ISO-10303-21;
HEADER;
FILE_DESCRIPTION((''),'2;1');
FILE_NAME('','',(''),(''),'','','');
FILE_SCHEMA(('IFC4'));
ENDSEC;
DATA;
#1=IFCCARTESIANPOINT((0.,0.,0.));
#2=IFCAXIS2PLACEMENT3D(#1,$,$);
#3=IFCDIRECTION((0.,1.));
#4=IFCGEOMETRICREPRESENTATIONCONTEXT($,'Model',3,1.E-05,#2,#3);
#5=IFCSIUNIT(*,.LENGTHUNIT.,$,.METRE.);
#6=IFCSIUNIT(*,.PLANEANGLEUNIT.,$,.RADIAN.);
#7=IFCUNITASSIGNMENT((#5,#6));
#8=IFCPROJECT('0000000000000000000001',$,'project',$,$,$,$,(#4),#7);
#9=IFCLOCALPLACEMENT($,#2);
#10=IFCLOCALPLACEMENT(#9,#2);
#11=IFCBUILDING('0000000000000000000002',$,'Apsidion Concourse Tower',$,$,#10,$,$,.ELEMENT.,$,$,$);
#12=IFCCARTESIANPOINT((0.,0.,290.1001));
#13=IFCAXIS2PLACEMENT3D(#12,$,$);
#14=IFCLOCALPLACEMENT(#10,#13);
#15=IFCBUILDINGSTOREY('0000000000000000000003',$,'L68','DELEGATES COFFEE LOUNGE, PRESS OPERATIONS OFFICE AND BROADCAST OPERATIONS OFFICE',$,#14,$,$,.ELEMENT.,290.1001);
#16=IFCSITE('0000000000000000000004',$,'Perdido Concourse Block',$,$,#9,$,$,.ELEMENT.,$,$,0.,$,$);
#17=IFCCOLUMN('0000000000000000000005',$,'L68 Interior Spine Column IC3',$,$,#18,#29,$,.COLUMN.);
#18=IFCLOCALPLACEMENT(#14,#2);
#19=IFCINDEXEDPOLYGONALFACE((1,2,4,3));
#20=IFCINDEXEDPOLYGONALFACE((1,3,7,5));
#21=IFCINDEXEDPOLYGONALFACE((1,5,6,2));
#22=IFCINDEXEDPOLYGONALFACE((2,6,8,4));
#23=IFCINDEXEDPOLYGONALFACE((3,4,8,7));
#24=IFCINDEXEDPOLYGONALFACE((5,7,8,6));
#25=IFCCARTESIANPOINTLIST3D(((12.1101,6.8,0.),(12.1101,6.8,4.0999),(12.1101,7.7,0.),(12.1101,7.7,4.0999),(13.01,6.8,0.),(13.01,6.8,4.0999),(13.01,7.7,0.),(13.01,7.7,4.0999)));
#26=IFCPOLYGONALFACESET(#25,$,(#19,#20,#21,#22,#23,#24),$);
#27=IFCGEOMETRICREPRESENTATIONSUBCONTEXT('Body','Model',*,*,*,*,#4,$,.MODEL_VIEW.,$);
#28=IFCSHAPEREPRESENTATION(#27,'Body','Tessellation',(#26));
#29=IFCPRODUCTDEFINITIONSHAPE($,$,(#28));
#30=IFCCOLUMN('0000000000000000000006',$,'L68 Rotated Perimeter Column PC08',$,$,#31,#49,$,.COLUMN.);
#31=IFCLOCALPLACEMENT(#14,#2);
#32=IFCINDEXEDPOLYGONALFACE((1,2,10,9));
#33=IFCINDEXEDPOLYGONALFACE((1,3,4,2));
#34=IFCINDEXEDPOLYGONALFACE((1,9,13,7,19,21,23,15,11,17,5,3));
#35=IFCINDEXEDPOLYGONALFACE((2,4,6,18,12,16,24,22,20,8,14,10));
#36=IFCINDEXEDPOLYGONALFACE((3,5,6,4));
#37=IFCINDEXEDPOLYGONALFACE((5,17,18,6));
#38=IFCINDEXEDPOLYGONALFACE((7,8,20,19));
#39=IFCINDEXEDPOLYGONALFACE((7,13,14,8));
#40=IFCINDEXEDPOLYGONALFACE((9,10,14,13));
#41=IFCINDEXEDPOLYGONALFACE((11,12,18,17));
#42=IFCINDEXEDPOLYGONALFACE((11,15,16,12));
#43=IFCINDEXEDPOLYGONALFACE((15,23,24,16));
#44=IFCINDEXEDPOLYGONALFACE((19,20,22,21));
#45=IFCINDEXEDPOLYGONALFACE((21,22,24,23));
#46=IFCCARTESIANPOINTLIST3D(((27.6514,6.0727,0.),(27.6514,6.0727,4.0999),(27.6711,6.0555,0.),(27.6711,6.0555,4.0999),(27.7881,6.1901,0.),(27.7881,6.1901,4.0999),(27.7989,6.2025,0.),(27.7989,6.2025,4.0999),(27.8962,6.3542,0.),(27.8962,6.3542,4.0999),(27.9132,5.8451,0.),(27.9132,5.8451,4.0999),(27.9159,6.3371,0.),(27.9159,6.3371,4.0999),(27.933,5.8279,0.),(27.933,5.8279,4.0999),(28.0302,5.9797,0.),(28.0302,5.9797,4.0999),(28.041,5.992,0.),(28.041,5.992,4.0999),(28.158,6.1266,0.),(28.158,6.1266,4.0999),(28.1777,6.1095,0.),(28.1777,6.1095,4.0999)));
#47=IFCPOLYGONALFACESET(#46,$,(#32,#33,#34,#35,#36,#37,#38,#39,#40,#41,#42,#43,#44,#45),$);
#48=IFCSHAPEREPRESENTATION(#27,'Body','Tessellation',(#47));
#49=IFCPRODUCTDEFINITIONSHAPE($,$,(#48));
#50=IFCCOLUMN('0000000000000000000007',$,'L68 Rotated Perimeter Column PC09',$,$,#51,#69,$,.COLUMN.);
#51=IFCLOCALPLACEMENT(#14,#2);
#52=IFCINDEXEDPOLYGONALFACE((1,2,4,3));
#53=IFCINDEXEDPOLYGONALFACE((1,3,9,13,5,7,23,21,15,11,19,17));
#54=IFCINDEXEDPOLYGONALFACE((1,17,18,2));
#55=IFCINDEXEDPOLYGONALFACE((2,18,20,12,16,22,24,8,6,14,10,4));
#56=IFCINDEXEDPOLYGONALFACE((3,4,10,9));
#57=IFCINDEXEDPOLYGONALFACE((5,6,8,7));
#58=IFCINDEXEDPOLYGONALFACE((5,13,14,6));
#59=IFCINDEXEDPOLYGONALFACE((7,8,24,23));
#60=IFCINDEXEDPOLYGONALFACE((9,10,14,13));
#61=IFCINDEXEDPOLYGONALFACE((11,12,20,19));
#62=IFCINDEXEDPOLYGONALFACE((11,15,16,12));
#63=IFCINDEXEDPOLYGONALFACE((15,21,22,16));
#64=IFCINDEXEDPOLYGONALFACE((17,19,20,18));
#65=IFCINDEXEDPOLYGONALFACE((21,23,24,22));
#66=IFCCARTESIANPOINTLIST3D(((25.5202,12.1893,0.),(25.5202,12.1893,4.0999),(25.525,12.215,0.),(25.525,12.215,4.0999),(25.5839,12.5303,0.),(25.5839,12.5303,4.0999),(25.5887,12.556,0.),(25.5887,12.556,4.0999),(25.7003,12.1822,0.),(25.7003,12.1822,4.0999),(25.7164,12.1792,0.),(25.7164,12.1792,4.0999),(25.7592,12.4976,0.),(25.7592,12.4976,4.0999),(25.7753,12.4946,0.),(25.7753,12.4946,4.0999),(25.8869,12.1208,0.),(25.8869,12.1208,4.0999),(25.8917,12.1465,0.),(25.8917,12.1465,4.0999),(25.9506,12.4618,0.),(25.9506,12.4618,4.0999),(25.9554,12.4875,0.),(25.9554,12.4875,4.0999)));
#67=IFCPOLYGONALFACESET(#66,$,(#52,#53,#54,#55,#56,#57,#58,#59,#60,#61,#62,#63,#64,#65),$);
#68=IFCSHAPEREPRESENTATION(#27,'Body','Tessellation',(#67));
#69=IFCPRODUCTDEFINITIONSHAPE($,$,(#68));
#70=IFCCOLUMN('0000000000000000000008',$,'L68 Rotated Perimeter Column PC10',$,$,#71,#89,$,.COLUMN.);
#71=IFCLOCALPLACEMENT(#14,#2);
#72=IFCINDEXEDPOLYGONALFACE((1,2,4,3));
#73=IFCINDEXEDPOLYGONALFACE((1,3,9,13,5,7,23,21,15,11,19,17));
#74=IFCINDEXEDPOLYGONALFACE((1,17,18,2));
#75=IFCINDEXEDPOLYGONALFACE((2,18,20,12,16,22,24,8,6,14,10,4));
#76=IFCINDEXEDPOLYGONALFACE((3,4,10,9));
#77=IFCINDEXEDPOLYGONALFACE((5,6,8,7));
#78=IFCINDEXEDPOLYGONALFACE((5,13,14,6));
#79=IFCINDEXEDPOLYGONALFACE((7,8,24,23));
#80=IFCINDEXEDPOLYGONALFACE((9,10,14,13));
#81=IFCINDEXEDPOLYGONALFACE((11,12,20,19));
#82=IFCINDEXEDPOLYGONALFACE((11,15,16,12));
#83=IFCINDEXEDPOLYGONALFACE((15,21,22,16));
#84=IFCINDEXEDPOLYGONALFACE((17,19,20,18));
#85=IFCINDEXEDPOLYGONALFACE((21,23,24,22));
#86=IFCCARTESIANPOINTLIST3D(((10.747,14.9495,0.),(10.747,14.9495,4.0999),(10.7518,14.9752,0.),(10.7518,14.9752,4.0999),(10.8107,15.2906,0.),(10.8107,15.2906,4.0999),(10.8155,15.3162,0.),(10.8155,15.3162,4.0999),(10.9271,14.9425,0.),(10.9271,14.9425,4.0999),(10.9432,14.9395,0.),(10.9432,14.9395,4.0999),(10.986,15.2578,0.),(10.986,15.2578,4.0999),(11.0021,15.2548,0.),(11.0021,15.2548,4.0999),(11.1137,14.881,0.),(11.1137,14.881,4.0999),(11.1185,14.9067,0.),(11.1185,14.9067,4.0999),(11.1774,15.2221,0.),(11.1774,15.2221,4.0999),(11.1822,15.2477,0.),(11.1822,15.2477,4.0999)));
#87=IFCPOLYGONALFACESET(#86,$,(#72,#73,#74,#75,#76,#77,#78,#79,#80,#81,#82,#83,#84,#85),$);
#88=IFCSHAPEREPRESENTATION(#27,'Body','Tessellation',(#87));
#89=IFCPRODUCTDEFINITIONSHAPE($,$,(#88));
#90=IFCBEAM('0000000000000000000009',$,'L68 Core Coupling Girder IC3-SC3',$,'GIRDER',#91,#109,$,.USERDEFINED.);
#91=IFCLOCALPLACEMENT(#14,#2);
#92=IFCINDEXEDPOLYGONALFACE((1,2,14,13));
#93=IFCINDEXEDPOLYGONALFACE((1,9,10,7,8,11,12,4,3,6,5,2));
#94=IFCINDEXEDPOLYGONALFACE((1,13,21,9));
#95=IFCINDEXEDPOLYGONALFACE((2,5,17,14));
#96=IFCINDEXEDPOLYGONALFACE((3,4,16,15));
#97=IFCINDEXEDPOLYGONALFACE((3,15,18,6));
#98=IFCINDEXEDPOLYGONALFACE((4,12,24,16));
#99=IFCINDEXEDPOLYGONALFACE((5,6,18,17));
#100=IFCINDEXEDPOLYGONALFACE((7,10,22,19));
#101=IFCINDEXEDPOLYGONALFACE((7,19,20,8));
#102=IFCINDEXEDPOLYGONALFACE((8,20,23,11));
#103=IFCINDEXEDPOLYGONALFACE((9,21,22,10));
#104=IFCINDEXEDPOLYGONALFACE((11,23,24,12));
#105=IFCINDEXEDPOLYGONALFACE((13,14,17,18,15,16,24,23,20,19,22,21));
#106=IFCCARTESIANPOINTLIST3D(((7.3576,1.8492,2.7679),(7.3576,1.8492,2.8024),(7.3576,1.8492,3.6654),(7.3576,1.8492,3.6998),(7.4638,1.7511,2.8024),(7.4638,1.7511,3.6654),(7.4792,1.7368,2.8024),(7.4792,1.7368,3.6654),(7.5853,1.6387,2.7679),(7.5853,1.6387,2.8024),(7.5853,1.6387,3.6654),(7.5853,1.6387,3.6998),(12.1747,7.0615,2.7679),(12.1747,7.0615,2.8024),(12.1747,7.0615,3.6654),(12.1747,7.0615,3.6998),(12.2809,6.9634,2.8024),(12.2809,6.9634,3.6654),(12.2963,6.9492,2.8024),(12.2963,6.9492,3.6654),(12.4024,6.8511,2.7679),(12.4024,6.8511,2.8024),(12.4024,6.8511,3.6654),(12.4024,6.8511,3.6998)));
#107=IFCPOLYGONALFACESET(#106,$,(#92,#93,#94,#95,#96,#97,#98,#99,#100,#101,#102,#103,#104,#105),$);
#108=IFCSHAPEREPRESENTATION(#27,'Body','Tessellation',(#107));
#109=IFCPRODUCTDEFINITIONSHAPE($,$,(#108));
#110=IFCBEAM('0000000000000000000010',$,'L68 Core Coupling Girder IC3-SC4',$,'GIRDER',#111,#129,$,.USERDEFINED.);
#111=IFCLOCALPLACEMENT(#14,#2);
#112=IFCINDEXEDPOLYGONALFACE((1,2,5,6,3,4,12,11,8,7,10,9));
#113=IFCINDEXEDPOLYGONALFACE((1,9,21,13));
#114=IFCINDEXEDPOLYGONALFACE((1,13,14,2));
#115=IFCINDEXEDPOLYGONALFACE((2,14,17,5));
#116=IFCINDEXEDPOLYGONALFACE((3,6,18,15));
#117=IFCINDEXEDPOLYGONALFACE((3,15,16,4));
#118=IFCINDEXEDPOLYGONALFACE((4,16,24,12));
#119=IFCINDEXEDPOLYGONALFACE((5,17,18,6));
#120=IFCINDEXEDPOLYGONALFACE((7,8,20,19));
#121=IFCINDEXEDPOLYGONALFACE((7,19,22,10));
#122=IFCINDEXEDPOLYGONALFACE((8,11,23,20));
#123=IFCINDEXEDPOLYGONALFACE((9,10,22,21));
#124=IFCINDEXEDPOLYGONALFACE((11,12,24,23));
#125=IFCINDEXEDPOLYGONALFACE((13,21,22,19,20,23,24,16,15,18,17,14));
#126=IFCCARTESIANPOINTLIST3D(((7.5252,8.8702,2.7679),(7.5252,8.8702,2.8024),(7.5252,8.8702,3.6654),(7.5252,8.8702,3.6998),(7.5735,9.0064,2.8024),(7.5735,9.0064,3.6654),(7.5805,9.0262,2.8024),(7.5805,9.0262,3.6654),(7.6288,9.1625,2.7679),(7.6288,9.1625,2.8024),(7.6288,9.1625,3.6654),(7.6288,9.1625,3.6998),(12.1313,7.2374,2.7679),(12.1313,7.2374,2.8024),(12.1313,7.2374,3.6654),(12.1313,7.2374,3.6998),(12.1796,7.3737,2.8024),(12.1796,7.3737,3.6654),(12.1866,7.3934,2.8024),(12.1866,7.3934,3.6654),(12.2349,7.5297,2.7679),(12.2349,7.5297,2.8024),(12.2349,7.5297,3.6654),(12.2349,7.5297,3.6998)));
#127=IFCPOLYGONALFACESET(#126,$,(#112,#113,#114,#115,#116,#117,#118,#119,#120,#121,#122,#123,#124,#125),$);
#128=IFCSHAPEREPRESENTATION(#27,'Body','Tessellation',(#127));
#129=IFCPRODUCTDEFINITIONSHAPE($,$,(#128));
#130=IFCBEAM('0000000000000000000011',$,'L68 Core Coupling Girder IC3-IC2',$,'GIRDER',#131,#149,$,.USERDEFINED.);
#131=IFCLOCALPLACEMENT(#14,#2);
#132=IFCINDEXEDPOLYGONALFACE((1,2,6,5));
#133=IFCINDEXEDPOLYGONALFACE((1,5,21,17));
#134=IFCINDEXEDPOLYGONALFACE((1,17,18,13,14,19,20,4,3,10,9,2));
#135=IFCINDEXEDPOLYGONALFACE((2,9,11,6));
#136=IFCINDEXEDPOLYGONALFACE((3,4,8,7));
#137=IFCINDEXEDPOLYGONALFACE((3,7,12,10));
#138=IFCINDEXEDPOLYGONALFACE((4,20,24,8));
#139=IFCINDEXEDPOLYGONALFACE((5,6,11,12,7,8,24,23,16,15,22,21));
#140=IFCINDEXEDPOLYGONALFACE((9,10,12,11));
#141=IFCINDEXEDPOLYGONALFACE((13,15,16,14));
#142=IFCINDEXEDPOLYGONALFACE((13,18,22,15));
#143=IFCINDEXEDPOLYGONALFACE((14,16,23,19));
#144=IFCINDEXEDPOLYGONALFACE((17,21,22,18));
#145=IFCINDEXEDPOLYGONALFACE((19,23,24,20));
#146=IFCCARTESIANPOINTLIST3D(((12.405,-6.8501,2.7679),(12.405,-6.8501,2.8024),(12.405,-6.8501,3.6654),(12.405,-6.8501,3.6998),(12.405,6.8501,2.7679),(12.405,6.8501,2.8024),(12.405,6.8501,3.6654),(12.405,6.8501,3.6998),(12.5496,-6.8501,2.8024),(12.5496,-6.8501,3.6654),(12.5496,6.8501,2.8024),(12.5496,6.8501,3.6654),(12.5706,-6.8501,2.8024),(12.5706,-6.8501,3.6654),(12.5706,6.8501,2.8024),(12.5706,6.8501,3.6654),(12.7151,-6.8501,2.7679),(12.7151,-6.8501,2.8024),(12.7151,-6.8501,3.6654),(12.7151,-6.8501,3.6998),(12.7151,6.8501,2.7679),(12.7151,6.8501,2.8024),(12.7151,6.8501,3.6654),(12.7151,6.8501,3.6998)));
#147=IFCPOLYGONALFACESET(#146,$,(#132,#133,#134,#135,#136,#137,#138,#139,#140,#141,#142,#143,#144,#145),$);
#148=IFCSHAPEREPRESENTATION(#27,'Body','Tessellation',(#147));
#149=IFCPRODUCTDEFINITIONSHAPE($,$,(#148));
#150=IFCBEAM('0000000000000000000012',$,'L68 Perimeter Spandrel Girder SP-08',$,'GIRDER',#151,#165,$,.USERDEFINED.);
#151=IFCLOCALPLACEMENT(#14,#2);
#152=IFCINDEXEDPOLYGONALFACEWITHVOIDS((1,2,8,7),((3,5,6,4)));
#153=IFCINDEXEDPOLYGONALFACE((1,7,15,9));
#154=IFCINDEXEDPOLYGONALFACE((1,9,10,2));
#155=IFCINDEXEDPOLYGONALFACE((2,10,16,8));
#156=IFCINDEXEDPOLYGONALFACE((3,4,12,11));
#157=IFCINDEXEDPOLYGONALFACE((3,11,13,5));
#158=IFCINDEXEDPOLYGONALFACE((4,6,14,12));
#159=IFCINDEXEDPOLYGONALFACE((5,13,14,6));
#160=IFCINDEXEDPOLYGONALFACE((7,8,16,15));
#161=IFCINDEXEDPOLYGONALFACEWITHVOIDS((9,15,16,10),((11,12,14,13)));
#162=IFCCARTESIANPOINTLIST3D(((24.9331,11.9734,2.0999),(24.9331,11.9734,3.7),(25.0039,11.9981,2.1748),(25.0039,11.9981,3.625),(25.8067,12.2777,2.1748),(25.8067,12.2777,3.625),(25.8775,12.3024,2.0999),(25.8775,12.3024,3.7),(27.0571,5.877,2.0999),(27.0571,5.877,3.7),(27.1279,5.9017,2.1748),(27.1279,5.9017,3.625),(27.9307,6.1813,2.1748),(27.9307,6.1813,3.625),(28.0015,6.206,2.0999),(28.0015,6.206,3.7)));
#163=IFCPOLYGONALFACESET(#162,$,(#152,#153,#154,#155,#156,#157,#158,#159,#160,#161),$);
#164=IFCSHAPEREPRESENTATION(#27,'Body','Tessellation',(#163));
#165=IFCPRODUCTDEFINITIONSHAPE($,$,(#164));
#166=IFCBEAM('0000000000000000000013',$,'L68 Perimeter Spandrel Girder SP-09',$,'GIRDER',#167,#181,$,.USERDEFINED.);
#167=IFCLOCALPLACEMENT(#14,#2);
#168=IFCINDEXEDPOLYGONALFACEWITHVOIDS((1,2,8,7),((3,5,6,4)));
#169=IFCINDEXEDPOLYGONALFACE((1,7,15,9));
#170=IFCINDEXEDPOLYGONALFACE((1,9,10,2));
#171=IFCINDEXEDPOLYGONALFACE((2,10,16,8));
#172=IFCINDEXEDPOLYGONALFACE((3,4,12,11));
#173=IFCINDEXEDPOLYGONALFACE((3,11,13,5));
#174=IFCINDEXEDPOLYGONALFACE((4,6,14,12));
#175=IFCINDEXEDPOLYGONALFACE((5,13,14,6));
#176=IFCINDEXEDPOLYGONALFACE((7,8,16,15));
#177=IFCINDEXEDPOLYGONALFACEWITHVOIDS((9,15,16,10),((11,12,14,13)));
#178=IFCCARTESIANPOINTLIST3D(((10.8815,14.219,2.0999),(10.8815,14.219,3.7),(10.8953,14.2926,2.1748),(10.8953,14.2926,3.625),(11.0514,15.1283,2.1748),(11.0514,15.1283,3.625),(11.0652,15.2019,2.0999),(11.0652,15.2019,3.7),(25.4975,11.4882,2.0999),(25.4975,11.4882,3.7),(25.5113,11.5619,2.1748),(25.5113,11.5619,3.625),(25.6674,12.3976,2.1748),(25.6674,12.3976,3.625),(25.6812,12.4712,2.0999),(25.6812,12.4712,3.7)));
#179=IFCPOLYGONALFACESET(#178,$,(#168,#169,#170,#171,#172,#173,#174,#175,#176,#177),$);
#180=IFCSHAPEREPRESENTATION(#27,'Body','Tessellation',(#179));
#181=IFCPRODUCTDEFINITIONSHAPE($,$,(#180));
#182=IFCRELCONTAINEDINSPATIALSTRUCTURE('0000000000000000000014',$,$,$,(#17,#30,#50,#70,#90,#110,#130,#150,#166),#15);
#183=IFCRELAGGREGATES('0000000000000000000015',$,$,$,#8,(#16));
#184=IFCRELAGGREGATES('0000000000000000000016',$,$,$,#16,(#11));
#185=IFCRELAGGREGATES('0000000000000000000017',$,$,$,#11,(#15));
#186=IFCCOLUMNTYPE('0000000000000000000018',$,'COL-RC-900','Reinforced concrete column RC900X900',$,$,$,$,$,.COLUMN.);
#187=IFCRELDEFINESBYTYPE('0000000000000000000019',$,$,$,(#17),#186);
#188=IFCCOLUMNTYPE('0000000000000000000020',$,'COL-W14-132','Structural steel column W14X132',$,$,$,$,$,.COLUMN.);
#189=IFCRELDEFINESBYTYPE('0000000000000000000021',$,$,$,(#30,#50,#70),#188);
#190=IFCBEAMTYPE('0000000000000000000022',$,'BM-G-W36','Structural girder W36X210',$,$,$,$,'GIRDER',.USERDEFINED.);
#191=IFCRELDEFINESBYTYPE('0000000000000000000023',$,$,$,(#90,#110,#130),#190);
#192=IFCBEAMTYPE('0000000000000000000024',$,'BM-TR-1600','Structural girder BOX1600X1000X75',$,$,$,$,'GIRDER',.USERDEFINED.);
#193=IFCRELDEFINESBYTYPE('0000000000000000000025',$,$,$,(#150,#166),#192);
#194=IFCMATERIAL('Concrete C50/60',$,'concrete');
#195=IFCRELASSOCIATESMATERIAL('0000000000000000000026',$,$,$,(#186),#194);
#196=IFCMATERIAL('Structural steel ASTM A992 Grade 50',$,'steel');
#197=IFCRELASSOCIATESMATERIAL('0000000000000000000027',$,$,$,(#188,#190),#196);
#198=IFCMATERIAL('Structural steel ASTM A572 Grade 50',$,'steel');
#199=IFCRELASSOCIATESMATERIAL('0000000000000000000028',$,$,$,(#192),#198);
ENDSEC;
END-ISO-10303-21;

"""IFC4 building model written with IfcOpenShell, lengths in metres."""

from ifc_helpers import new_model, si_unit, direction, frame, origin, origin_2d, place, context, subcontext, project, spatial, rectangle, hollow_rectangle, i_section, extrude, material, material_profile, profile_set, type_object, element, save


model = new_model("IFC4")

# Units and contexts
model_context = context("Model", 3, precision=1e-05, world=origin(), true_north=direction((0.0, 1.0)))
body_context = subcontext(model_context, "Body", "Model", "MODEL_VIEW")
ifc_project = project(units=[si_unit("LENGTHUNIT", "METRE"), si_unit("PLANEANGLEUNIT", "RADIAN")], contexts=[model_context])

# Site, building, storey
site_placement = place(None, origin())
site = spatial("IfcSite", under=ifc_project, at=site_placement, Name="Perdido Concourse Block", CompositionType="ELEMENT", RefElevation=0.0)
building_placement = place(site_placement, origin())
building = spatial("IfcBuilding", under=site, at=building_placement, Name="Apsidion Concourse Tower", CompositionType="ELEMENT")
storey_placement = place(building_placement, frame((0.0, 0.0, 290.1001)))
storey = spatial("IfcBuildingStorey", under=building, at=storey_placement, Name="L68", Description="DELEGATES COFFEE LOUNGE, PRESS OPERATIONS OFFICE AND BROADCAST OPERATIONS OFFICE", CompositionType="ELEMENT", Elevation=290.1001)

# Columns
ifc_material_1 = material(Name="Concrete C50/60", Category="concrete")
ifc_material_profile_1 = material_profile(ifc_material_1, rectangle(XDim=0.8999, YDim=0.8999, at=origin_2d()), Name="RC 900x900")
ifc_profile_set_1 = profile_set([ifc_material_profile_1], Name="Concrete C50/60")
column_type_1 = type_object("IfcColumnType", Name="COL-RC-900", Description="Reinforced concrete column RC900X900", PredefinedType="COLUMN", material=ifc_profile_set_1)
column_placement = place(storey_placement, frame((12.5601, 7.25, 0.0), z_axis=(0.0, 0.0, 1.0), x_axis=(1.0, 0.0, 0.0)))
element("IfcColumn", 1, at=column_placement, inside=storey, type_object=column_type_1, Name="L68 Interior Spine Column IC3", PredefinedType="COLUMN", context=body_context, shape_type="SweptSolid", body=[
    extrude(rectangle(XDim=0.8999, YDim=0.8999, at=origin_2d()), origin(), (0.0, 0.0, 1.0), 4.0999),
])
ifc_material_2 = material(Name="Structural steel ASTM A992 Grade 50", Category="steel")
ifc_material_profile_2 = material_profile(ifc_material_2, i_section(OverallWidth=0.373, OverallDepth=0.373, WebThickness=0.0164, FlangeThickness=0.0261, at=origin_2d()), Name="W14X132")
ifc_profile_set_2 = profile_set([ifc_material_profile_2], Name="Structural steel ASTM A992 Grade 50")
column_type_2 = type_object("IfcColumnType", Name="COL-W14-132", Description="Structural steel column W14X132", PredefinedType="COLUMN", material=ifc_profile_set_2)
for number, where, z_axis, x_axis, name in (
    (2, (27.9146, 6.0911, 0.0), (0.0, 0.0, 1.0), (0.656059, 0.75471, 0.0), "L68 Rotated Perimeter Column PC08"),
    (3, (25.7378, 12.3384, 0.0), (0.0, 0.0, 1.0), (-0.983, 0.183608, 0.0), "L68 Rotated Perimeter Column PC09"),
    (4, (10.9646, 15.0986, 0.0), (0.0, 0.0, 1.0), (-0.983, 0.183608, 0.0), "L68 Rotated Perimeter Column PC10"),
):
    element("IfcColumn", number, at=place(storey_placement, frame(where, z_axis=z_axis, x_axis=x_axis)), inside=storey, type_object=column_type_2, Name=name, PredefinedType="COLUMN", context=body_context, shape_type="SweptSolid", body=[
        extrude(i_section(OverallWidth=0.373, OverallDepth=0.373, WebThickness=0.0164, FlangeThickness=0.0261, at=origin_2d()), origin(), (0.0, 0.0, 1.0), 4.0999),
    ])

# Beams
ifc_material_profile_3 = material_profile(ifc_material_2, i_section(OverallWidth=0.3101, OverallDepth=0.9319, WebThickness=0.021, FlangeThickness=0.0344, at=origin_2d()), Name="W36X210")
ifc_profile_set_3 = profile_set([ifc_material_profile_3], Name="Structural steel ASTM A992 Grade 50")
beam_type_1 = type_object("IfcBeamType", Name="BM-G-W36", Description="Structural girder W36X210", ElementType="GIRDER", PredefinedType="USERDEFINED", material=ifc_profile_set_3)
beam_1_placement = place(storey_placement, frame((12.2886, 6.9563, 3.2339), z_axis=(-0.678713, -0.734404, 0.0), x_axis=(0.734404, -0.678713, 0.0)))
element("IfcBeam", 5, at=beam_1_placement, inside=storey, type_object=beam_type_1, Name="L68 Core Coupling Girder IC3-SC3", ObjectType="GIRDER", PredefinedType="USERDEFINED", context=body_context, shape_type="SweptSolid", body=[
    extrude(i_section(OverallWidth=0.3101, OverallDepth=0.9319, WebThickness=0.021, FlangeThickness=0.0344, at=origin_2d()), origin(), (0.0, 0.0, 1.0), 7.0974),
])
beam_2_placement = place(storey_placement, frame((12.1831, 7.3835, 3.2339), z_axis=(-0.942534, 0.334111, 0.0), x_axis=(-0.334111, -0.942534, 0.0)))
element("IfcBeam", 6, at=beam_2_placement, inside=storey, type_object=beam_type_1, Name="L68 Core Coupling Girder IC3-SC4", ObjectType="GIRDER", PredefinedType="USERDEFINED", context=body_context, shape_type="SweptSolid", body=[
    extrude(i_section(OverallWidth=0.3101, OverallDepth=0.9319, WebThickness=0.021, FlangeThickness=0.0344, at=origin_2d()), origin(), (0.0, 0.0, 1.0), 4.887),
])
beam_3_placement = place(storey_placement, frame((12.5601, 6.8501, 3.2339), z_axis=(0.0, -1.0, 0.0), x_axis=(1.0, 0.0, 0.0)))
element("IfcBeam", 7, at=beam_3_placement, inside=storey, type_object=beam_type_1, Name="L68 Core Coupling Girder IC3-IC2", ObjectType="GIRDER", PredefinedType="USERDEFINED", context=body_context, shape_type="SweptSolid", body=[
    extrude(i_section(OverallWidth=0.3101, OverallDepth=0.9319, WebThickness=0.021, FlangeThickness=0.0344, at=origin_2d()), origin(), (0.0, 0.0, 1.0), 13.7002),
])
ifc_material_3 = material(Name="Structural steel ASTM A572 Grade 50", Category="steel")
ifc_material_profile_4 = material_profile(ifc_material_3, hollow_rectangle(XDim=1.0, YDim=1.6001, WallThickness=0.075, at=origin_2d()), Name="BOX1600X1000X75")
ifc_profile_set_4 = profile_set([ifc_material_profile_4], Name="Structural steel ASTM A572 Grade 50")
beam_type_2 = type_object("IfcBeamType", Name="BM-TR-1600", Description="Structural girder BOX1600X1000X75", ElementType="GIRDER", PredefinedType="USERDEFINED", material=ifc_profile_set_4)
beam_4_placement = place(storey_placement, frame((27.5293, 6.0415, 2.8999), z_axis=(-0.329008, 0.944327, 0.0), x_axis=(-0.944327, -0.329008, 0.0)))
element("IfcBeam", 8, at=beam_4_placement, inside=storey, type_object=beam_type_2, Name="L68 Perimeter Spandrel Girder SP-08", ObjectType="GIRDER", PredefinedType="USERDEFINED", context=body_context, shape_type="SweptSolid", body=[
    extrude(hollow_rectangle(XDim=1.0, YDim=1.6001, WallThickness=0.075, at=origin_2d()), origin(), (0.0, 0.0, 1.0), 6.4558),
])
beam_5_placement = place(storey_placement, frame((25.5894, 11.9797, 2.8999), z_axis=(-0.982991, 0.183653, 0.0), x_axis=(-0.183653, -0.982991, 0.0)))
element("IfcBeam", 9, at=beam_5_placement, inside=storey, type_object=beam_type_2, Name="L68 Perimeter Spandrel Girder SP-09", ObjectType="GIRDER", PredefinedType="USERDEFINED", context=body_context, shape_type="SweptSolid", body=[
    extrude(hollow_rectangle(XDim=1.0, YDim=1.6001, WallThickness=0.075, at=origin_2d()), origin(), (0.0, 0.0, 1.0), 14.8689),
])

save(model, "model.ifc")
